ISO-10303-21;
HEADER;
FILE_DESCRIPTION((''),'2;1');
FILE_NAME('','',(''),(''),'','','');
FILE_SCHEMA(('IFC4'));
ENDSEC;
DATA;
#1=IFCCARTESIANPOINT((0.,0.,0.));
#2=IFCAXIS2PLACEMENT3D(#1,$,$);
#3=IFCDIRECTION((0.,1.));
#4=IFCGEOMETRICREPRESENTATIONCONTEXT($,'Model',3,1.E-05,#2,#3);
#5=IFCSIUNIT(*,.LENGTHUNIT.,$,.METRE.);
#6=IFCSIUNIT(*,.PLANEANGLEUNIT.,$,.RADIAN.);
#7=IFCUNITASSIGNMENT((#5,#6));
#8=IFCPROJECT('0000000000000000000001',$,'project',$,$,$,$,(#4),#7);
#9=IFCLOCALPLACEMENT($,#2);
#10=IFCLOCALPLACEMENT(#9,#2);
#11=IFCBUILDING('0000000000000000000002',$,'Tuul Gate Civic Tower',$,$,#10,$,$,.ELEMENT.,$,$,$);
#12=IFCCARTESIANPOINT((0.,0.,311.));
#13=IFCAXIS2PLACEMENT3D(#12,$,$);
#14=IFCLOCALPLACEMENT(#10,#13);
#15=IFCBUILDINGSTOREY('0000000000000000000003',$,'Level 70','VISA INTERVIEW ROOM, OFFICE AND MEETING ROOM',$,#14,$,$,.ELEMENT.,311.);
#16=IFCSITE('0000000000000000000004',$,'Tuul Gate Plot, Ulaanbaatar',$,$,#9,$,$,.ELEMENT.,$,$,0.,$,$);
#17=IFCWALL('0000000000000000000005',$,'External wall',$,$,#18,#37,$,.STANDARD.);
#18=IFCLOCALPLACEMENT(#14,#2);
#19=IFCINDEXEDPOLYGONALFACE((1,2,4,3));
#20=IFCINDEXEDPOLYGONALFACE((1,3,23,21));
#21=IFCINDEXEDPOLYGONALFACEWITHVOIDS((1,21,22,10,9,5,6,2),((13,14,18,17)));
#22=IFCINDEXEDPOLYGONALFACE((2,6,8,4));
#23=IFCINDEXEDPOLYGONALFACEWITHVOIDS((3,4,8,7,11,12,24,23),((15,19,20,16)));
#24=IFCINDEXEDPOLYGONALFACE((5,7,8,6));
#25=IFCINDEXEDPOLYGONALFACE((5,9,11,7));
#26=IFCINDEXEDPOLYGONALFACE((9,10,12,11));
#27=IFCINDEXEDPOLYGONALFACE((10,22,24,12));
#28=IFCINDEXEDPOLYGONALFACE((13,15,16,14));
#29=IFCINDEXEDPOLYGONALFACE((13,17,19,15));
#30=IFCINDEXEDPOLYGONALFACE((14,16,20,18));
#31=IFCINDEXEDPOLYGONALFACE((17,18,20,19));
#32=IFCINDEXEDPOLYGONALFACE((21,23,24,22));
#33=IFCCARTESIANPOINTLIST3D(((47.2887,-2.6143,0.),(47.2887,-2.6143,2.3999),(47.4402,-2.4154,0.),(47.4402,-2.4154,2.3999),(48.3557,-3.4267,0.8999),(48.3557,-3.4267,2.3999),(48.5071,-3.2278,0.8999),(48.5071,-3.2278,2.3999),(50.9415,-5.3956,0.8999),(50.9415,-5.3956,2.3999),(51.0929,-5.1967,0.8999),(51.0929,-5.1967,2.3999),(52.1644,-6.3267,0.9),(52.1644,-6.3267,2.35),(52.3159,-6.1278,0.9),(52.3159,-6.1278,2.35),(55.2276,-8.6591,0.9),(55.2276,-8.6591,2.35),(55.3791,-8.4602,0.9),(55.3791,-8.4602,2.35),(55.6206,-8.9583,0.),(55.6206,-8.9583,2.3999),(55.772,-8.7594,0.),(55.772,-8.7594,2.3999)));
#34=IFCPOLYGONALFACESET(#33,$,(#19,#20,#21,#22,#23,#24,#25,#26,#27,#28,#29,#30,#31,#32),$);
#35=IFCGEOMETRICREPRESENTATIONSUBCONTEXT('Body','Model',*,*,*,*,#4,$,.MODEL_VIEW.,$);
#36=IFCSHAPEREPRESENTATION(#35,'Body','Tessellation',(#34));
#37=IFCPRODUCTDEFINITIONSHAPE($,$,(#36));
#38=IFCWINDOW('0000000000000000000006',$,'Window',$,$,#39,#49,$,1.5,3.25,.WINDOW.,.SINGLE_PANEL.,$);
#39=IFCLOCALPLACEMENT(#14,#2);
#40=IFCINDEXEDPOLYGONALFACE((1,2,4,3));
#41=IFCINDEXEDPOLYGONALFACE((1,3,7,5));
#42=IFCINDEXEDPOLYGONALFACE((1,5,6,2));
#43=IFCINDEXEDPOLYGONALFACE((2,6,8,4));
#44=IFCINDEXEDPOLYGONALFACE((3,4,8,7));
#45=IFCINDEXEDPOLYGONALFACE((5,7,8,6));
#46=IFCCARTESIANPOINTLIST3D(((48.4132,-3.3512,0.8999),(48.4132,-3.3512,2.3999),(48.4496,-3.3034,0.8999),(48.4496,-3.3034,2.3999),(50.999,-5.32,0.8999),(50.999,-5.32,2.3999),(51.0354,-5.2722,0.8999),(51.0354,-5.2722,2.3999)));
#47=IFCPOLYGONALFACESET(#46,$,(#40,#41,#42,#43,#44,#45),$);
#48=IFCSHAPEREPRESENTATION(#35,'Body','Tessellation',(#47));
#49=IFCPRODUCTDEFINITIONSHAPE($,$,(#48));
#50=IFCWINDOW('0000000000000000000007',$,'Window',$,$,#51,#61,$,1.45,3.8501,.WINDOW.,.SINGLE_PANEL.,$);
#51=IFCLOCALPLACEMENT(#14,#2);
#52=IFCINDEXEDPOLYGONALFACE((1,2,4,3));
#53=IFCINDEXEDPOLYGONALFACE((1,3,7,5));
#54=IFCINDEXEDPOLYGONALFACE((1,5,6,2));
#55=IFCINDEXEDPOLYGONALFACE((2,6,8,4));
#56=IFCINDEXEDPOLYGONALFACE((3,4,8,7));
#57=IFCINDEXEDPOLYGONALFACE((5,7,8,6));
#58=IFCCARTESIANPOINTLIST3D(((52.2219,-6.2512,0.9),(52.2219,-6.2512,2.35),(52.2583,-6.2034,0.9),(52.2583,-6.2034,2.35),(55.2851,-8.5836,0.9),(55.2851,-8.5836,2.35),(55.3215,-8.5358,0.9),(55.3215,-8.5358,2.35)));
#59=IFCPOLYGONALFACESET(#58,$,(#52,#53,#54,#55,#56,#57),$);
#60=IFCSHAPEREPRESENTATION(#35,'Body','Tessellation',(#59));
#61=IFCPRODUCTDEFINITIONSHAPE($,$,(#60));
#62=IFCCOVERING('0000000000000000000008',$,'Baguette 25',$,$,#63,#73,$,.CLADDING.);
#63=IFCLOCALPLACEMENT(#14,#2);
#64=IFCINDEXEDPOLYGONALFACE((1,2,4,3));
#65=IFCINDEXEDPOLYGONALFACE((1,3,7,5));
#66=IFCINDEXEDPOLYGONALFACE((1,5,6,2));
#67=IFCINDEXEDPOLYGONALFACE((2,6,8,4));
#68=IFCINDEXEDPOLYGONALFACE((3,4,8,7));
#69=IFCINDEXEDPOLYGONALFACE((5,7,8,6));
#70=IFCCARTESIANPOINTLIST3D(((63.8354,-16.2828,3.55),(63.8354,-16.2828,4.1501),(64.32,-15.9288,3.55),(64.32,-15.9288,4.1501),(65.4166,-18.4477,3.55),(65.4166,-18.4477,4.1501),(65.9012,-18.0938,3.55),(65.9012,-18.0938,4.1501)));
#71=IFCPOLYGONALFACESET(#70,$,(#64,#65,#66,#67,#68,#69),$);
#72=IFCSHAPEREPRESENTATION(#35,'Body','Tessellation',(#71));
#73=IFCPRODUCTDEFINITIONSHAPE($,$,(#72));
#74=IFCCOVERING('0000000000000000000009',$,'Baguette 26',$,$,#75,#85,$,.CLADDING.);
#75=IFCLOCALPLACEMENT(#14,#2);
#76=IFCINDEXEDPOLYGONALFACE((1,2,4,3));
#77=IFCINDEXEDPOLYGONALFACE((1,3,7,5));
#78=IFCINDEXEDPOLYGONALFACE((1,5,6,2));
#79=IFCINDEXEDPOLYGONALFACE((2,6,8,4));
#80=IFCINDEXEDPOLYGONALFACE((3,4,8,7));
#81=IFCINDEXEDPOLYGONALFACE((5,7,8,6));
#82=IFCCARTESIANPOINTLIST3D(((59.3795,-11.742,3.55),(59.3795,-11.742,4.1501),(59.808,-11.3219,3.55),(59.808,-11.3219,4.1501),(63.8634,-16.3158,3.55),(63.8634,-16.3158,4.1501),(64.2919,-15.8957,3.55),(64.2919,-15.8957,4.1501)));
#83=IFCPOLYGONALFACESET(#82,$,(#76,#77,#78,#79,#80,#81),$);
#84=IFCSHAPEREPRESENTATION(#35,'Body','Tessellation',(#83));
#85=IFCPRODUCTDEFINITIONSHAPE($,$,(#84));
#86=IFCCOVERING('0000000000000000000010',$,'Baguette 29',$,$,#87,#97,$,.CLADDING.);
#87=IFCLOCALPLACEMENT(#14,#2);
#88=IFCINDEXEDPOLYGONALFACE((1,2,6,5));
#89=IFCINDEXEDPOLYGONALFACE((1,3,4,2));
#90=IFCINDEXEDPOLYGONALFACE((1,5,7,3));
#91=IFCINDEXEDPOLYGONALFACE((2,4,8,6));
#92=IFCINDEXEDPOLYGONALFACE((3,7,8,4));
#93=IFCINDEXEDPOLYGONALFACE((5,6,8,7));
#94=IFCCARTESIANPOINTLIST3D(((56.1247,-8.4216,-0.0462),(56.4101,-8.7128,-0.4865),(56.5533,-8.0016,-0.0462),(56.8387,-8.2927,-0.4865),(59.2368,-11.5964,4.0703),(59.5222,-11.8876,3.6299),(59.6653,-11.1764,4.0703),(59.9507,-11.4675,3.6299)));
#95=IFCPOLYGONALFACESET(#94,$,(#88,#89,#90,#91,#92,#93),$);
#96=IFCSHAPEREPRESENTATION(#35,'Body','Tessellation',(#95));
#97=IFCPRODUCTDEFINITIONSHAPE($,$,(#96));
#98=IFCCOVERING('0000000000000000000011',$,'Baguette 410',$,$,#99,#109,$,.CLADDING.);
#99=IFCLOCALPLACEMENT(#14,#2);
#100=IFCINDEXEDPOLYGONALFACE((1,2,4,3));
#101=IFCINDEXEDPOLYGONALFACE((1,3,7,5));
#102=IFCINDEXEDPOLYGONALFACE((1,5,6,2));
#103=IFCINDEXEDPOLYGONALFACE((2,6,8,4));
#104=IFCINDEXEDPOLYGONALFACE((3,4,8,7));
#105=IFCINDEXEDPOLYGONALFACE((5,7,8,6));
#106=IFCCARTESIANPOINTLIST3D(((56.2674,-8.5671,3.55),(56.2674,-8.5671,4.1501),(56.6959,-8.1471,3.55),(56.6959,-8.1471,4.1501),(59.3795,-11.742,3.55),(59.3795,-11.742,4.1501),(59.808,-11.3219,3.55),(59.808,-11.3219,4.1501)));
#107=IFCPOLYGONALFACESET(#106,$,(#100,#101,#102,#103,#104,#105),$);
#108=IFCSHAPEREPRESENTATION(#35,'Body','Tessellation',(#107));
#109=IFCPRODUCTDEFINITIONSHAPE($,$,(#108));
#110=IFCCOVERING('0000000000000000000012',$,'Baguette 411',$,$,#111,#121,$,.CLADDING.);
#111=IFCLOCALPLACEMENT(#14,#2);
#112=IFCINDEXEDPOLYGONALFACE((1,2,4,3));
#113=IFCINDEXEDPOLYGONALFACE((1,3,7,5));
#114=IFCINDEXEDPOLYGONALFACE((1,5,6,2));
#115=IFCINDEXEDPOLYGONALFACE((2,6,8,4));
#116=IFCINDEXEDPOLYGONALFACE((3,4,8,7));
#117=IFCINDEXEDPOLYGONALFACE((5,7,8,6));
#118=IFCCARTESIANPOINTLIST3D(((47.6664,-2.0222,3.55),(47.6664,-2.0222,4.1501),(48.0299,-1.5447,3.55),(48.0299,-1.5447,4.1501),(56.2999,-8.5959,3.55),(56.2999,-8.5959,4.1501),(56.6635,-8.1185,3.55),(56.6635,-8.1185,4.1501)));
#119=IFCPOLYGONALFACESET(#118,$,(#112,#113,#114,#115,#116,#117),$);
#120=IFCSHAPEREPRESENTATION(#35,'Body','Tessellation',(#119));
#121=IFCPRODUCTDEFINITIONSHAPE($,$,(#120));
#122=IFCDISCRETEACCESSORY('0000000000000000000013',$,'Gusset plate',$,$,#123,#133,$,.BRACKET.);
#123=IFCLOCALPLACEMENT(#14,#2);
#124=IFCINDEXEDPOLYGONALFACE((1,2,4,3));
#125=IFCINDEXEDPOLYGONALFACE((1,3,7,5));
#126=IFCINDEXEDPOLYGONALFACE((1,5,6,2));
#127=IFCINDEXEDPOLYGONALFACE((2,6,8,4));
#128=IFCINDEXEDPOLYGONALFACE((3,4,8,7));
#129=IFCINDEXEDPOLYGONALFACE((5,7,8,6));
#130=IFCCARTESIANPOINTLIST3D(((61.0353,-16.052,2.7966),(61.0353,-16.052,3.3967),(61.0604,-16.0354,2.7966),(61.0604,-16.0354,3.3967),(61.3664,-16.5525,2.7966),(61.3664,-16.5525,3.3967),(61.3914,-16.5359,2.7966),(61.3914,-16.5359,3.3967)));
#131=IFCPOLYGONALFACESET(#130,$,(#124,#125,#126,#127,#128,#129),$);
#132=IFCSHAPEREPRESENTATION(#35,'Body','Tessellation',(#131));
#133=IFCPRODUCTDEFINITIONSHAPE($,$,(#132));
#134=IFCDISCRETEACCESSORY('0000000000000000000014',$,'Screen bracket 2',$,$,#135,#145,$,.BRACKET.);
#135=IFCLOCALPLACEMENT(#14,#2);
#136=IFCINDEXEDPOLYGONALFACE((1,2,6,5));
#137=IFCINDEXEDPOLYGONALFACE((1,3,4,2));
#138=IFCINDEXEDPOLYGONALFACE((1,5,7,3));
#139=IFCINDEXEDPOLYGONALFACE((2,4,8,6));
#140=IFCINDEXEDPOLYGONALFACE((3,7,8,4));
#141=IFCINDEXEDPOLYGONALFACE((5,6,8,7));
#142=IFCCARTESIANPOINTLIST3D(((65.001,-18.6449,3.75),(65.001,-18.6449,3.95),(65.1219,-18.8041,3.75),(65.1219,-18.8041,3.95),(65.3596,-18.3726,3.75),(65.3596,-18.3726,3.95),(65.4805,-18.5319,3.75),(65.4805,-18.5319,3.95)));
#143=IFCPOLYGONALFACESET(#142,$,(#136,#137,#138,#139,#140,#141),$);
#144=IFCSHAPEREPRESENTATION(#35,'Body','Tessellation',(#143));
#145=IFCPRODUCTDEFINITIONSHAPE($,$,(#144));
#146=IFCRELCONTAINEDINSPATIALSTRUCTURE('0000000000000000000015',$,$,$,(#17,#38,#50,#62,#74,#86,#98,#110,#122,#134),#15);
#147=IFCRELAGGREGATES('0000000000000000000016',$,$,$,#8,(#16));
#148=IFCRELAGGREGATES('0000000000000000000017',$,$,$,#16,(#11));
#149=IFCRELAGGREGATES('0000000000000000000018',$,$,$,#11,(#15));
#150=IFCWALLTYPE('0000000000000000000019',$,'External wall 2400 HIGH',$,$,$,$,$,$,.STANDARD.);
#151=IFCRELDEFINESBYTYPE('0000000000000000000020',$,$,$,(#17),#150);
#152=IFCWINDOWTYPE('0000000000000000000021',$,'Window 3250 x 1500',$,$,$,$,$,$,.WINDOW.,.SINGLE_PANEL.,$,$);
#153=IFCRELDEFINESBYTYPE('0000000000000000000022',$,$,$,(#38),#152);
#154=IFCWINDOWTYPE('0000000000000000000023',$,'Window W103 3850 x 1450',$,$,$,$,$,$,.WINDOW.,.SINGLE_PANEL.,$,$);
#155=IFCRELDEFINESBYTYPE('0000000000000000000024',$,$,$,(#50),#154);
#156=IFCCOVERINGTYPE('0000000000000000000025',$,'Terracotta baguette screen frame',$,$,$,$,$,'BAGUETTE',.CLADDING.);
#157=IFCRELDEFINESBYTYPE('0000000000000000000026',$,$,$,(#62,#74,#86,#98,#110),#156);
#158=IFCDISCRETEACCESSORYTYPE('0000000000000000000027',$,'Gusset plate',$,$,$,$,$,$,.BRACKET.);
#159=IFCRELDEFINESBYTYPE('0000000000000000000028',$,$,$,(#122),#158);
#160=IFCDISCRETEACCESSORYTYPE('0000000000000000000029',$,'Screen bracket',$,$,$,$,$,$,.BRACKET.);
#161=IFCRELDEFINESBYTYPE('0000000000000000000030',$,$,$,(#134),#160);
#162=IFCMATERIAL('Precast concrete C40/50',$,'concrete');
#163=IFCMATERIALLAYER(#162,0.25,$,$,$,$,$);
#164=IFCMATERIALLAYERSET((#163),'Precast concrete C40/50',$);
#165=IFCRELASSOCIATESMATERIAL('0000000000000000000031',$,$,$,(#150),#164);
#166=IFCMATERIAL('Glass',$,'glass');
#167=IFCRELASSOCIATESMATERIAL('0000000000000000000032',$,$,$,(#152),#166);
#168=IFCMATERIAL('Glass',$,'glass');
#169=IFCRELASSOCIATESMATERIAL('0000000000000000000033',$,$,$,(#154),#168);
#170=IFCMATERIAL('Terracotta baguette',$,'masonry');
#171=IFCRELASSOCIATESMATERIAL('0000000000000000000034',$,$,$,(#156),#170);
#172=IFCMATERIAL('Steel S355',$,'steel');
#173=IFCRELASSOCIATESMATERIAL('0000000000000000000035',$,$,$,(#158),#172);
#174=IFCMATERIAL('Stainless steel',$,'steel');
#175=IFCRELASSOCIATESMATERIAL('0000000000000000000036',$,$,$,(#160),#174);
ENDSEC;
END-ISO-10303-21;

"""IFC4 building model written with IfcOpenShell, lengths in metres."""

from ifc_helpers import new_model, si_unit, direction, frame, frame_2d, origin, origin_2d, place, context, subcontext, project, spatial, rectangle, extrude, material, layer, layer_set, material_profile, profile_set, type_object, element, fill, save


model = new_model("IFC4")

# Units and contexts
model_context = context("Model", 3, precision=1e-05, world=origin(), true_north=direction((0.0, 1.0)))
body_context = subcontext(model_context, "Body", "Model", "MODEL_VIEW")
ifc_project = project(units=[si_unit("LENGTHUNIT", "METRE"), si_unit("PLANEANGLEUNIT", "RADIAN")], contexts=[model_context])

# Site, building, storey
site_placement = place(None, origin())
site = spatial("IfcSite", under=ifc_project, at=site_placement, Name="Tuul Gate Plot, Ulaanbaatar", CompositionType="ELEMENT", RefElevation=0.0)
building_placement = place(site_placement, origin())
building = spatial("IfcBuilding", under=site, at=building_placement, Name="Tuul Gate Civic Tower", CompositionType="ELEMENT")
storey_placement = place(building_placement, frame((0.0, 0.0, 311.0)))
storey = spatial("IfcBuildingStorey", under=building, at=storey_placement, Name="Level 70", Description="VISA INTERVIEW ROOM, OFFICE AND MEETING ROOM", CompositionType="ELEMENT", Elevation=311.0)

# Wall, openings, windows
ifc_material_1 = material(Name="Precast concrete C40/50", Category="concrete")
ifc_layer_1 = layer(ifc_material_1, 0.25)
ifc_layer_set_1 = layer_set([ifc_layer_1], Name="Precast concrete C40/50")
wall_type_1 = type_object("IfcWallType", Name="External wall 2400 HIGH", PredefinedType="STANDARD", material=ifc_layer_set_1)
wall_1_placement = place(storey_placement, frame((55.6963, -8.8589, 0.0), z_axis=(0.0, 0.0, 1.0), x_axis=(-0.795617, 0.605799, 0.0)))
wall_1 = element("IfcWall", 1, at=wall_1_placement, inside=storey, type_object=wall_type_1, Name="External wall", PredefinedType="STANDARD", context=body_context, shape_type="SweptSolid", body=[
    extrude(rectangle(XDim=10.4722, YDim=0.25, at=frame_2d((5.2361, 0.0))), origin(), (0.0, 0.0, 1.0), 2.3999),
])
opening_1_placement = place(wall_1_placement, frame((0.4939, 0.0, 0.8999)))
opening_1 = element("IfcOpeningElement", 2, at=opening_1_placement, cuts=wall_1, PredefinedType="OPENING", context=body_context, shape_type="SweptSolid", body=[
    extrude(rectangle(XDim=3.8501, YDim=1.45, at=frame_2d((1.925, 0.7251))), frame((0.0, 0.135, 0.0), z_axis=(0.0, -1.0, 0.0), x_axis=(1.0, 0.0, 0.0)), (0.0, 0.0, 1.0), 0.27),
])
opening_2_placement = place(wall_1_placement, frame((5.8811, 0.0, 0.8999)))
opening_2 = element("IfcOpeningElement", 3, at=opening_2_placement, cuts=wall_1, PredefinedType="OPENING", context=body_context, shape_type="SweptSolid", body=[
    extrude(rectangle(XDim=3.25, YDim=1.5, at=frame_2d((1.625, 0.75))), frame((0.0, 0.135, 0.0), z_axis=(0.0, -1.0, 0.0), x_axis=(1.0, 0.0, 0.0)), (0.0, 0.0, 1.0), 0.27),
])
ifc_material_2 = material(Name="Glass", Category="glass")
window_type_1 = type_object("IfcWindowType", Name="Window 3250 x 1500", PartitioningType="SINGLE_PANEL", PredefinedType="WINDOW", material=ifc_material_2)
window_1_placement = place(opening_2_placement, origin())
window_1 = element("IfcWindow", 4, at=window_1_placement, inside=storey, type_object=window_type_1, Name="Window", OverallHeight=1.5, OverallWidth=3.25, PartitioningType="SINGLE_PANEL", PredefinedType="WINDOW", context=body_context, shape_type="SweptSolid", body=[
    extrude(rectangle(XDim=3.25, YDim=1.5, at=frame_2d((1.625, 0.75))), frame((0.0, 0.03, 0.0), z_axis=(0.0, -1.0, 0.0), x_axis=(1.0, 0.0, 0.0)), (0.0, 0.0, 1.0), 0.0601),
])
fill(opening_2, window_1)
ifc_material_3 = material(Name="Glass", Category="glass")
window_type_2 = type_object("IfcWindowType", Name="Window W103 3850 x 1450", PartitioningType="SINGLE_PANEL", PredefinedType="WINDOW", material=ifc_material_3)
window_2_placement = place(opening_1_placement, origin())
window_2 = element("IfcWindow", 5, at=window_2_placement, inside=storey, type_object=window_type_2, Name="Window", OverallHeight=1.45, OverallWidth=3.8501, PartitioningType="SINGLE_PANEL", PredefinedType="WINDOW", context=body_context, shape_type="SweptSolid", body=[
    extrude(rectangle(XDim=3.8501, YDim=1.45, at=frame_2d((1.925, 0.7251))), frame((0.0, 0.03, 0.0), z_axis=(0.0, -1.0, 0.0), x_axis=(1.0, 0.0, 0.0)), (0.0, 0.0, 1.0), 0.0601),
])
fill(opening_1, window_2)

# Coverings
ifc_material_4 = material(Name="Terracotta baguette", Category="masonry")
ifc_material_profile_1 = material_profile(ifc_material_4, rectangle(XDim=0.6001, YDim=0.6001, at=origin_2d()), Name="Terracotta baguette screen frame")
ifc_profile_set_1 = profile_set([ifc_material_profile_1], Name="Terracotta baguette")
covering_type = type_object("IfcCoveringType", Name="Terracotta baguette screen frame", ElementType="BAGUETTE", PredefinedType="CLADDING", material=ifc_profile_set_1)
covering_1_placement = place(storey_placement, frame((65.6589, -18.2708, 3.8501), z_axis=(-0.589811, 0.807541, 0.0), x_axis=(-0.807541, -0.589811, 0.0)))
element("IfcCovering", 6, at=covering_1_placement, inside=storey, type_object=covering_type, Name="Baguette 25", PredefinedType="CLADDING", context=body_context, shape_type="SweptSolid", body=[
    extrude(rectangle(XDim=0.6001, YDim=0.6001, at=origin_2d()), origin(), (0.0, 0.0, 1.0), 2.6809),
])
covering_2_placement = place(storey_placement, frame((64.0776, -16.1057, 3.8501), z_axis=(-0.700058, 0.714086, 0.0), x_axis=(-0.714086, -0.700058, 0.0)))
element("IfcCovering", 7, at=covering_2_placement, inside=storey, type_object=covering_type, Name="Baguette 26", PredefinedType="CLADDING", context=body_context, shape_type="SweptSolid", body=[
    extrude(rectangle(XDim=0.6001, YDim=0.6001, at=origin_2d()), origin(), (0.0, 0.0, 1.0), 6.405),
])
covering_3_placement = place(storey_placement, frame((59.5938, -11.532, 3.8501), z_axis=(-0.51364, 0.523996, -0.679413), x_axis=(-0.714128, -0.700015, 0.0)))
element("IfcCovering", 8, at=covering_3_placement, inside=storey, type_object=covering_type, Name="Baguette 29", PredefinedType="CLADDING", context=body_context, shape_type="SweptSolid", body=[
    extrude(rectangle(XDim=0.6001, YDim=0.6001, at=origin_2d()), origin(), (0.0, 0.0, 1.0), 6.0588),
])
covering_4_placement = place(storey_placement, frame((59.5938, -11.532, 3.8501), z_axis=(-0.700015, 0.714128, 0.0), x_axis=(-0.714128, -0.700015, 0.0)))
element("IfcCovering", 9, at=covering_4_placement, inside=storey, type_object=covering_type, Name="Baguette 410", PredefinedType="CLADDING", context=body_context, shape_type="SweptSolid", body=[
    extrude(rectangle(XDim=0.6001, YDim=0.6001, at=origin_2d()), origin(), (0.0, 0.0, 1.0), 4.4458),
])
covering_5_placement = place(storey_placement, frame((56.4817, -8.3572, 3.8501), z_axis=(-0.795619, 0.605798, 0.0), x_axis=(-0.605798, -0.795619, 0.0)))
element("IfcCovering", 10, at=covering_5_placement, inside=storey, type_object=covering_type, Name="Baguette 411", PredefinedType="CLADDING", context=body_context, shape_type="SweptSolid", body=[
    extrude(rectangle(XDim=0.6001, YDim=0.6001, at=origin_2d()), origin(), (0.0, 0.0, 1.0), 10.8513),
])

# Discrete accessories
ifc_material_5 = material(Name="Steel S355", Category="steel")
discrete_accessory_type_1 = type_object("IfcDiscreteAccessoryType", Name="Gusset plate", PredefinedType="BRACKET", material=ifc_material_5)
discrete_accessory_1_placement = place(storey_placement, frame((61.2134, -16.2939, 2.7966), z_axis=(0.0, 0.0, 1.0), x_axis=(0.551645, -0.834079, 0.0)))
element("IfcDiscreteAccessory", 11, at=discrete_accessory_1_placement, inside=storey, type_object=discrete_accessory_type_1, Name="Gusset plate", PredefinedType="BRACKET", context=body_context, shape_type="SweptSolid", body=[
    extrude(rectangle(XDim=0.6001, YDim=0.03, at=origin_2d()), origin(), (0.0, 0.0, 1.0), 0.6001),
])
ifc_material_6 = material(Name="Stainless steel", Category="steel")
discrete_accessory_type_2 = type_object("IfcDiscreteAccessoryType", Name="Screen bracket", PredefinedType="BRACKET", material=ifc_material_6)
discrete_accessory_2_placement = place(storey_placement, frame((65.2407, -18.5884, 3.75), z_axis=(0.0, 0.0, 1.0), x_axis=(0.796469, 0.60468, 0.0)))
element("IfcDiscreteAccessory", 12, at=discrete_accessory_2_placement, inside=storey, type_object=discrete_accessory_type_2, Name="Screen bracket 2", PredefinedType="BRACKET", context=body_context, shape_type="SweptSolid", body=[
    extrude(rectangle(XDim=0.4502, YDim=0.2, at=origin_2d()), origin(), (0.0, 0.0, 1.0), 0.2),
])

save(model, "model.ifc")
